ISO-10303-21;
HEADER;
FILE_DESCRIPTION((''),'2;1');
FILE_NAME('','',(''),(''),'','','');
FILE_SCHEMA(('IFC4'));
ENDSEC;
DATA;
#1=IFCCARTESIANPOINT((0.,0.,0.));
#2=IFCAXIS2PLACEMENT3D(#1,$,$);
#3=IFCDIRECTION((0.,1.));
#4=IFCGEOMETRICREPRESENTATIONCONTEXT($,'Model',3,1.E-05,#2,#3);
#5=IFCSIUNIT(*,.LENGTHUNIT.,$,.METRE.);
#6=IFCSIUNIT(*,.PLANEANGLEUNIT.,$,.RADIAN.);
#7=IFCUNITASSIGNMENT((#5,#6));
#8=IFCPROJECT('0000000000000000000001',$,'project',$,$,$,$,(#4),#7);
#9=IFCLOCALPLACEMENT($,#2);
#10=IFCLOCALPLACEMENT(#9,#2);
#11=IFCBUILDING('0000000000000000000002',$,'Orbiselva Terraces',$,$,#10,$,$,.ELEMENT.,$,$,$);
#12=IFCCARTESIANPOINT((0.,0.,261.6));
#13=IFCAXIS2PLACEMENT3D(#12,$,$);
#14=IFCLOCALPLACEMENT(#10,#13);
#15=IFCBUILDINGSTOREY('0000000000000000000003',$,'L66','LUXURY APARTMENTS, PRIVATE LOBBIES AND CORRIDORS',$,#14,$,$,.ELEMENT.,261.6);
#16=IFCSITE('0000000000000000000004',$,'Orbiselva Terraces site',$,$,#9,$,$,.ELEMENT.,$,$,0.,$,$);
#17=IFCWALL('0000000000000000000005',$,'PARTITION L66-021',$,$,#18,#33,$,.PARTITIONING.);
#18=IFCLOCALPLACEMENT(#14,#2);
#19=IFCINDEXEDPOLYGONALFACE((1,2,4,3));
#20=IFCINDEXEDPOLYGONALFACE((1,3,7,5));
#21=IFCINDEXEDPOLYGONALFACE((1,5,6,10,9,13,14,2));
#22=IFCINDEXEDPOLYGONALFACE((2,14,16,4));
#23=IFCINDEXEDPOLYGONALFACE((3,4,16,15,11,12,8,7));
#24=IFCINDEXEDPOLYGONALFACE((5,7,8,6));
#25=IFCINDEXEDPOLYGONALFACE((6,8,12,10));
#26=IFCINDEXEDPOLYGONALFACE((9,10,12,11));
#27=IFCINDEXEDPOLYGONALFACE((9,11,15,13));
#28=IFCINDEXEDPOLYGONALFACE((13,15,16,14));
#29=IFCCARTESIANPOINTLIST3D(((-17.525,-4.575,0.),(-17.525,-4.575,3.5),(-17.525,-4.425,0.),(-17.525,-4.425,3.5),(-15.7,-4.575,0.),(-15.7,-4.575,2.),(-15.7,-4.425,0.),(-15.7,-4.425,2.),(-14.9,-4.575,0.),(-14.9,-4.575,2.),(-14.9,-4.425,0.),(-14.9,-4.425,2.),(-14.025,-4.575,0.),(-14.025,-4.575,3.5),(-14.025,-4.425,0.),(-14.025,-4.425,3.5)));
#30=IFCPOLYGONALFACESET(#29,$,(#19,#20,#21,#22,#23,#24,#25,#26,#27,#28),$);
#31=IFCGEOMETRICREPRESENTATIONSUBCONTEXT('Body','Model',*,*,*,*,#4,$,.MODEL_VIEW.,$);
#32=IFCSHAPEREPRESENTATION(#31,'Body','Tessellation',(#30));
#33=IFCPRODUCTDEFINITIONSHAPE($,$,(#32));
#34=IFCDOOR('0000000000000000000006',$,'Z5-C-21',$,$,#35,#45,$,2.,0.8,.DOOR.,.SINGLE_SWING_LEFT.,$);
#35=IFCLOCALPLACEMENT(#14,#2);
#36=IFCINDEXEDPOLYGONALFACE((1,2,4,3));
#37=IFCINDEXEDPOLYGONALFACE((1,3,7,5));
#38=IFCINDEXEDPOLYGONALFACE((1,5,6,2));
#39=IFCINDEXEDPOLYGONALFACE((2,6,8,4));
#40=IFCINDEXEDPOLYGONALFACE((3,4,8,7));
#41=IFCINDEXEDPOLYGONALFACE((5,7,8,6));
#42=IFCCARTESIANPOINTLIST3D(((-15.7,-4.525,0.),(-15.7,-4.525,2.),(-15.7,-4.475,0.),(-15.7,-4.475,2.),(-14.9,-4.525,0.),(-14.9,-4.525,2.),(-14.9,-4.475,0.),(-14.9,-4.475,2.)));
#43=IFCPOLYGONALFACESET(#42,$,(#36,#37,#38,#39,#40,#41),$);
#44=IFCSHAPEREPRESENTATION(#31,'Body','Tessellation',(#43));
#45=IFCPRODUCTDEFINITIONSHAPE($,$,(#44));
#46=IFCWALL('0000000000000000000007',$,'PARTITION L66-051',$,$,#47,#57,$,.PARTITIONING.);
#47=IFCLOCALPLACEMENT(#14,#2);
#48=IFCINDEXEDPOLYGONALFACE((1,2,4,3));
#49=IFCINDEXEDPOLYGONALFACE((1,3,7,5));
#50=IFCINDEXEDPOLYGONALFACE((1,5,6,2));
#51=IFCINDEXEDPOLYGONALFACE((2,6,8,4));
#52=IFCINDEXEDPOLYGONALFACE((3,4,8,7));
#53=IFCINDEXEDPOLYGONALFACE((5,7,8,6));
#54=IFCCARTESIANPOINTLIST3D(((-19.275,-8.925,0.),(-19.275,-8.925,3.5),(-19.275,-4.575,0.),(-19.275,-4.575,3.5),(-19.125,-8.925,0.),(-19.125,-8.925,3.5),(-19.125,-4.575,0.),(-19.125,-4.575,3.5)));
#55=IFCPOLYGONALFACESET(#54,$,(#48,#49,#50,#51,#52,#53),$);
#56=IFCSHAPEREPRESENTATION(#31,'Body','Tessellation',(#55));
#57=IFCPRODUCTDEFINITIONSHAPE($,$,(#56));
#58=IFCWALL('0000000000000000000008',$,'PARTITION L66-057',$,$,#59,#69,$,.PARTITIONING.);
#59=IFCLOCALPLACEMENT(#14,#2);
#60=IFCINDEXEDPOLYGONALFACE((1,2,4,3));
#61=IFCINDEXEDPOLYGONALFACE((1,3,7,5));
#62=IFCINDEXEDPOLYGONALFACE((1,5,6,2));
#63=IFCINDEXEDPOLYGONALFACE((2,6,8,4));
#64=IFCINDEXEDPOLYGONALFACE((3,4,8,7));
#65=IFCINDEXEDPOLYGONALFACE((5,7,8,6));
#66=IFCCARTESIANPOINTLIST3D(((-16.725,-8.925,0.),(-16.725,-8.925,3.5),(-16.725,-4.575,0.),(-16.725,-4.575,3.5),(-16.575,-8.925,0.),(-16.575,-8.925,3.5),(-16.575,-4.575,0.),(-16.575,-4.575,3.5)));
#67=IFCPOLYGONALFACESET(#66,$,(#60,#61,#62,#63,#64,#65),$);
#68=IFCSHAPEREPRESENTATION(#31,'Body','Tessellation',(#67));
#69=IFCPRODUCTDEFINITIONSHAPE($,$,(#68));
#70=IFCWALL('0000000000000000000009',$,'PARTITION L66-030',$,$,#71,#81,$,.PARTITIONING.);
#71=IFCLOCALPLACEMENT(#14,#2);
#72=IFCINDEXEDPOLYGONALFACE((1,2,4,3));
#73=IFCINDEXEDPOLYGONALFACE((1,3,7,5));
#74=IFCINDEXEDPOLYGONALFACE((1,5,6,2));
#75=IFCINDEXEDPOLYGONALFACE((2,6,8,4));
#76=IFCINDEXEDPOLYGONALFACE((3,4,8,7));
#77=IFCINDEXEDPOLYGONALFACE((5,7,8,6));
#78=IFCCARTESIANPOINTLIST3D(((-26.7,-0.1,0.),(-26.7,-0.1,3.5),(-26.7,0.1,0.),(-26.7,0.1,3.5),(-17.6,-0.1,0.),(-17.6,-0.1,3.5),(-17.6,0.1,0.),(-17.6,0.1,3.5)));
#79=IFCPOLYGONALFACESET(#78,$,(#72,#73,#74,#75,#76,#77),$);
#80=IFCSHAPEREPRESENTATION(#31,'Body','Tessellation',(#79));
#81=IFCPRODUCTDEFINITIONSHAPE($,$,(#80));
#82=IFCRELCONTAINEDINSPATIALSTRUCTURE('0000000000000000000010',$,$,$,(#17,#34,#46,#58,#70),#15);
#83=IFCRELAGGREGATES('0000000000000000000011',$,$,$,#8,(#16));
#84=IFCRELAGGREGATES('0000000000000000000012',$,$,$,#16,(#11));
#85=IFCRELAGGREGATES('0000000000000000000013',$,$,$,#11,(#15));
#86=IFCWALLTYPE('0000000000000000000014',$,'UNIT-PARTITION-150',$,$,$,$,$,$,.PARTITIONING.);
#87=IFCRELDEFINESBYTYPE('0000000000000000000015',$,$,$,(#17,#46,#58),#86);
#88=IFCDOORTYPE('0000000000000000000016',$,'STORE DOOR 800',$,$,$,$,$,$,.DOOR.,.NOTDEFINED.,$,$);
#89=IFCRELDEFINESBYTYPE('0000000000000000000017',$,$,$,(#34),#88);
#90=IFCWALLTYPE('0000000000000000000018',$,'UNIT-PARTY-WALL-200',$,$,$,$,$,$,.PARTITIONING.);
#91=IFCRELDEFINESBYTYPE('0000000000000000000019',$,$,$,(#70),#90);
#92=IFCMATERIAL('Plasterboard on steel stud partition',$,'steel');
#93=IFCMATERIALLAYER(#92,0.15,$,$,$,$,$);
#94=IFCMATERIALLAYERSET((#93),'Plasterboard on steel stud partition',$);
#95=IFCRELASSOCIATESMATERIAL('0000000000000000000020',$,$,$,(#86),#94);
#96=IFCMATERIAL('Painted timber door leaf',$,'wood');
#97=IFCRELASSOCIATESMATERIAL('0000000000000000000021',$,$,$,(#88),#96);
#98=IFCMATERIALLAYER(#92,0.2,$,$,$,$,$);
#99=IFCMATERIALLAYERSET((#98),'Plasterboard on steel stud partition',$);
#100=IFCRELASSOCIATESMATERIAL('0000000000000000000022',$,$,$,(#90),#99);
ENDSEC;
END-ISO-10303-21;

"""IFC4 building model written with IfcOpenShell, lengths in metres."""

from ifc_helpers import new_model, si_unit, direction, frame, frame_2d, origin, place, context, subcontext, project, spatial, rectangle, extrude, material, layer, layer_set, type_object, element, fill, save


model = new_model("IFC4")

# Units and contexts
model_context = context("Model", 3, precision=1e-05, world=origin(), true_north=direction((0.0, 1.0)))
body_context = subcontext(model_context, "Body", "Model", "MODEL_VIEW")
ifc_project = project(units=[si_unit("LENGTHUNIT", "METRE"), si_unit("PLANEANGLEUNIT", "RADIAN")], contexts=[model_context])

# Site, building, storey
site_placement = place(None, origin())
site = spatial("IfcSite", under=ifc_project, at=site_placement, Name="Orbiselva Terraces site", CompositionType="ELEMENT", RefElevation=0.0)
building_placement = place(site_placement, origin())
building = spatial("IfcBuilding", under=site, at=building_placement, Name="Orbiselva Terraces", CompositionType="ELEMENT")
storey_placement = place(building_placement, frame((0.0, 0.0, 261.6)))
storey = spatial("IfcBuildingStorey", under=building, at=storey_placement, Name="L66", Description="LUXURY APARTMENTS, PRIVATE LOBBIES AND CORRIDORS", CompositionType="ELEMENT", Elevation=261.6)

# Shared definitions
ifc_material_1 = material(Name="Plasterboard on steel stud partition", Category="steel")

# Shared definitions
ifc_layer_1 = layer(ifc_material_1, 0.15)
ifc_layer_set_1 = layer_set([ifc_layer_1], Name="Plasterboard on steel stud partition")
wall_type_1 = type_object("IfcWallType", Name="UNIT-PARTITION-150", PredefinedType="PARTITIONING", material=ifc_layer_set_1)
ifc_material_2 = material(Name="Painted timber door leaf", Category="wood")
door_type_1 = type_object("IfcDoorType", Name="STORE DOOR 800", OperationType="NOTDEFINED", PredefinedType="DOOR", material=ifc_material_2)

# Wall, opening, door
wall_1_placement = place(storey_placement, frame((-14.025, -4.5, 0.0), z_axis=(0.0, 0.0, 1.0), x_axis=(-1.0, 0.0, 0.0)))
wall_1 = element("IfcWall", 1, at=wall_1_placement, inside=storey, type_object=wall_type_1, Name="PARTITION L66-021", PredefinedType="PARTITIONING", context=body_context, shape_type="SweptSolid", body=[
    extrude(rectangle(XDim=3.5, YDim=0.15, at=frame_2d((1.75, 0.0))), origin(), (0.0, 0.0, 1.0), 3.5),
])
opening_1_placement = place(wall_1_placement, frame((0.875, 0.0, 0.0)))
opening_1 = element("IfcOpeningElement", 2, at=opening_1_placement, cuts=wall_1, PredefinedType="OPENING", context=body_context, shape_type="SweptSolid", body=[
    extrude(rectangle(XDim=0.8, YDim=2.0, at=frame_2d((0.4, 1.0))), frame((0.0, 0.085, 0.0), z_axis=(0.0, -1.0, 0.0), x_axis=(1.0, 0.0, 0.0)), (0.0, 0.0, 1.0), 0.17),
])
door_1_placement = place(opening_1_placement, origin())
door_1 = element("IfcDoor", 3, at=door_1_placement, inside=storey, type_object=door_type_1, Name="Z5-C-21", OperationType="SINGLE_SWING_LEFT", OverallHeight=2.0, OverallWidth=0.8, PredefinedType="DOOR", context=body_context, shape_type="SweptSolid", body=[
    extrude(rectangle(XDim=0.8, YDim=2.0, at=frame_2d((0.4, 1.0))), frame((0.0, 0.025, 0.0), z_axis=(0.0, -1.0, 0.0), x_axis=(1.0, 0.0, 0.0)), (0.0, 0.0, 1.0), 0.05),
])
fill(opening_1, door_1)

# Walls
for number, where, z_axis, x_axis, name in (
    (4, (-19.2, -8.925, 0.0), (0.0, 0.0, 1.0), (0.0, 1.0, 0.0), "PARTITION L66-051"),
    (5, (-16.65, -8.925, 0.0), (0.0, 0.0, 1.0), (0.0, 1.0, 0.0), "PARTITION L66-057"),
):
    element("IfcWall", number, at=place(storey_placement, frame(where, z_axis=z_axis, x_axis=x_axis)), inside=storey, type_object=wall_type_1, Name=name, PredefinedType="PARTITIONING", context=body_context, shape_type="SweptSolid", body=[
        extrude(rectangle(XDim=4.35, YDim=0.15, at=frame_2d((2.175, 0.0))), origin(), (0.0, 0.0, 1.0), 3.5),
    ])
ifc_layer_2 = layer(ifc_material_1, 0.2)
ifc_layer_set_2 = layer_set([ifc_layer_2], Name="Plasterboard on steel stud partition")
wall_type_2 = type_object("IfcWallType", Name="UNIT-PARTY-WALL-200", PredefinedType="PARTITIONING", material=ifc_layer_set_2)
wall_2_placement = place(storey_placement, frame((-26.7, 0.0, 0.0), z_axis=(0.0, 0.0, 1.0), x_axis=(1.0, 0.0, 0.0)))
element("IfcWall", 6, at=wall_2_placement, inside=storey, type_object=wall_type_2, Name="PARTITION L66-030", PredefinedType="PARTITIONING", context=body_context, shape_type="SweptSolid", body=[
    extrude(rectangle(XDim=9.1, YDim=0.2, at=frame_2d((4.55, 0.0))), origin(), (0.0, 0.0, 1.0), 3.5),
])

save(model, "model.ifc")
